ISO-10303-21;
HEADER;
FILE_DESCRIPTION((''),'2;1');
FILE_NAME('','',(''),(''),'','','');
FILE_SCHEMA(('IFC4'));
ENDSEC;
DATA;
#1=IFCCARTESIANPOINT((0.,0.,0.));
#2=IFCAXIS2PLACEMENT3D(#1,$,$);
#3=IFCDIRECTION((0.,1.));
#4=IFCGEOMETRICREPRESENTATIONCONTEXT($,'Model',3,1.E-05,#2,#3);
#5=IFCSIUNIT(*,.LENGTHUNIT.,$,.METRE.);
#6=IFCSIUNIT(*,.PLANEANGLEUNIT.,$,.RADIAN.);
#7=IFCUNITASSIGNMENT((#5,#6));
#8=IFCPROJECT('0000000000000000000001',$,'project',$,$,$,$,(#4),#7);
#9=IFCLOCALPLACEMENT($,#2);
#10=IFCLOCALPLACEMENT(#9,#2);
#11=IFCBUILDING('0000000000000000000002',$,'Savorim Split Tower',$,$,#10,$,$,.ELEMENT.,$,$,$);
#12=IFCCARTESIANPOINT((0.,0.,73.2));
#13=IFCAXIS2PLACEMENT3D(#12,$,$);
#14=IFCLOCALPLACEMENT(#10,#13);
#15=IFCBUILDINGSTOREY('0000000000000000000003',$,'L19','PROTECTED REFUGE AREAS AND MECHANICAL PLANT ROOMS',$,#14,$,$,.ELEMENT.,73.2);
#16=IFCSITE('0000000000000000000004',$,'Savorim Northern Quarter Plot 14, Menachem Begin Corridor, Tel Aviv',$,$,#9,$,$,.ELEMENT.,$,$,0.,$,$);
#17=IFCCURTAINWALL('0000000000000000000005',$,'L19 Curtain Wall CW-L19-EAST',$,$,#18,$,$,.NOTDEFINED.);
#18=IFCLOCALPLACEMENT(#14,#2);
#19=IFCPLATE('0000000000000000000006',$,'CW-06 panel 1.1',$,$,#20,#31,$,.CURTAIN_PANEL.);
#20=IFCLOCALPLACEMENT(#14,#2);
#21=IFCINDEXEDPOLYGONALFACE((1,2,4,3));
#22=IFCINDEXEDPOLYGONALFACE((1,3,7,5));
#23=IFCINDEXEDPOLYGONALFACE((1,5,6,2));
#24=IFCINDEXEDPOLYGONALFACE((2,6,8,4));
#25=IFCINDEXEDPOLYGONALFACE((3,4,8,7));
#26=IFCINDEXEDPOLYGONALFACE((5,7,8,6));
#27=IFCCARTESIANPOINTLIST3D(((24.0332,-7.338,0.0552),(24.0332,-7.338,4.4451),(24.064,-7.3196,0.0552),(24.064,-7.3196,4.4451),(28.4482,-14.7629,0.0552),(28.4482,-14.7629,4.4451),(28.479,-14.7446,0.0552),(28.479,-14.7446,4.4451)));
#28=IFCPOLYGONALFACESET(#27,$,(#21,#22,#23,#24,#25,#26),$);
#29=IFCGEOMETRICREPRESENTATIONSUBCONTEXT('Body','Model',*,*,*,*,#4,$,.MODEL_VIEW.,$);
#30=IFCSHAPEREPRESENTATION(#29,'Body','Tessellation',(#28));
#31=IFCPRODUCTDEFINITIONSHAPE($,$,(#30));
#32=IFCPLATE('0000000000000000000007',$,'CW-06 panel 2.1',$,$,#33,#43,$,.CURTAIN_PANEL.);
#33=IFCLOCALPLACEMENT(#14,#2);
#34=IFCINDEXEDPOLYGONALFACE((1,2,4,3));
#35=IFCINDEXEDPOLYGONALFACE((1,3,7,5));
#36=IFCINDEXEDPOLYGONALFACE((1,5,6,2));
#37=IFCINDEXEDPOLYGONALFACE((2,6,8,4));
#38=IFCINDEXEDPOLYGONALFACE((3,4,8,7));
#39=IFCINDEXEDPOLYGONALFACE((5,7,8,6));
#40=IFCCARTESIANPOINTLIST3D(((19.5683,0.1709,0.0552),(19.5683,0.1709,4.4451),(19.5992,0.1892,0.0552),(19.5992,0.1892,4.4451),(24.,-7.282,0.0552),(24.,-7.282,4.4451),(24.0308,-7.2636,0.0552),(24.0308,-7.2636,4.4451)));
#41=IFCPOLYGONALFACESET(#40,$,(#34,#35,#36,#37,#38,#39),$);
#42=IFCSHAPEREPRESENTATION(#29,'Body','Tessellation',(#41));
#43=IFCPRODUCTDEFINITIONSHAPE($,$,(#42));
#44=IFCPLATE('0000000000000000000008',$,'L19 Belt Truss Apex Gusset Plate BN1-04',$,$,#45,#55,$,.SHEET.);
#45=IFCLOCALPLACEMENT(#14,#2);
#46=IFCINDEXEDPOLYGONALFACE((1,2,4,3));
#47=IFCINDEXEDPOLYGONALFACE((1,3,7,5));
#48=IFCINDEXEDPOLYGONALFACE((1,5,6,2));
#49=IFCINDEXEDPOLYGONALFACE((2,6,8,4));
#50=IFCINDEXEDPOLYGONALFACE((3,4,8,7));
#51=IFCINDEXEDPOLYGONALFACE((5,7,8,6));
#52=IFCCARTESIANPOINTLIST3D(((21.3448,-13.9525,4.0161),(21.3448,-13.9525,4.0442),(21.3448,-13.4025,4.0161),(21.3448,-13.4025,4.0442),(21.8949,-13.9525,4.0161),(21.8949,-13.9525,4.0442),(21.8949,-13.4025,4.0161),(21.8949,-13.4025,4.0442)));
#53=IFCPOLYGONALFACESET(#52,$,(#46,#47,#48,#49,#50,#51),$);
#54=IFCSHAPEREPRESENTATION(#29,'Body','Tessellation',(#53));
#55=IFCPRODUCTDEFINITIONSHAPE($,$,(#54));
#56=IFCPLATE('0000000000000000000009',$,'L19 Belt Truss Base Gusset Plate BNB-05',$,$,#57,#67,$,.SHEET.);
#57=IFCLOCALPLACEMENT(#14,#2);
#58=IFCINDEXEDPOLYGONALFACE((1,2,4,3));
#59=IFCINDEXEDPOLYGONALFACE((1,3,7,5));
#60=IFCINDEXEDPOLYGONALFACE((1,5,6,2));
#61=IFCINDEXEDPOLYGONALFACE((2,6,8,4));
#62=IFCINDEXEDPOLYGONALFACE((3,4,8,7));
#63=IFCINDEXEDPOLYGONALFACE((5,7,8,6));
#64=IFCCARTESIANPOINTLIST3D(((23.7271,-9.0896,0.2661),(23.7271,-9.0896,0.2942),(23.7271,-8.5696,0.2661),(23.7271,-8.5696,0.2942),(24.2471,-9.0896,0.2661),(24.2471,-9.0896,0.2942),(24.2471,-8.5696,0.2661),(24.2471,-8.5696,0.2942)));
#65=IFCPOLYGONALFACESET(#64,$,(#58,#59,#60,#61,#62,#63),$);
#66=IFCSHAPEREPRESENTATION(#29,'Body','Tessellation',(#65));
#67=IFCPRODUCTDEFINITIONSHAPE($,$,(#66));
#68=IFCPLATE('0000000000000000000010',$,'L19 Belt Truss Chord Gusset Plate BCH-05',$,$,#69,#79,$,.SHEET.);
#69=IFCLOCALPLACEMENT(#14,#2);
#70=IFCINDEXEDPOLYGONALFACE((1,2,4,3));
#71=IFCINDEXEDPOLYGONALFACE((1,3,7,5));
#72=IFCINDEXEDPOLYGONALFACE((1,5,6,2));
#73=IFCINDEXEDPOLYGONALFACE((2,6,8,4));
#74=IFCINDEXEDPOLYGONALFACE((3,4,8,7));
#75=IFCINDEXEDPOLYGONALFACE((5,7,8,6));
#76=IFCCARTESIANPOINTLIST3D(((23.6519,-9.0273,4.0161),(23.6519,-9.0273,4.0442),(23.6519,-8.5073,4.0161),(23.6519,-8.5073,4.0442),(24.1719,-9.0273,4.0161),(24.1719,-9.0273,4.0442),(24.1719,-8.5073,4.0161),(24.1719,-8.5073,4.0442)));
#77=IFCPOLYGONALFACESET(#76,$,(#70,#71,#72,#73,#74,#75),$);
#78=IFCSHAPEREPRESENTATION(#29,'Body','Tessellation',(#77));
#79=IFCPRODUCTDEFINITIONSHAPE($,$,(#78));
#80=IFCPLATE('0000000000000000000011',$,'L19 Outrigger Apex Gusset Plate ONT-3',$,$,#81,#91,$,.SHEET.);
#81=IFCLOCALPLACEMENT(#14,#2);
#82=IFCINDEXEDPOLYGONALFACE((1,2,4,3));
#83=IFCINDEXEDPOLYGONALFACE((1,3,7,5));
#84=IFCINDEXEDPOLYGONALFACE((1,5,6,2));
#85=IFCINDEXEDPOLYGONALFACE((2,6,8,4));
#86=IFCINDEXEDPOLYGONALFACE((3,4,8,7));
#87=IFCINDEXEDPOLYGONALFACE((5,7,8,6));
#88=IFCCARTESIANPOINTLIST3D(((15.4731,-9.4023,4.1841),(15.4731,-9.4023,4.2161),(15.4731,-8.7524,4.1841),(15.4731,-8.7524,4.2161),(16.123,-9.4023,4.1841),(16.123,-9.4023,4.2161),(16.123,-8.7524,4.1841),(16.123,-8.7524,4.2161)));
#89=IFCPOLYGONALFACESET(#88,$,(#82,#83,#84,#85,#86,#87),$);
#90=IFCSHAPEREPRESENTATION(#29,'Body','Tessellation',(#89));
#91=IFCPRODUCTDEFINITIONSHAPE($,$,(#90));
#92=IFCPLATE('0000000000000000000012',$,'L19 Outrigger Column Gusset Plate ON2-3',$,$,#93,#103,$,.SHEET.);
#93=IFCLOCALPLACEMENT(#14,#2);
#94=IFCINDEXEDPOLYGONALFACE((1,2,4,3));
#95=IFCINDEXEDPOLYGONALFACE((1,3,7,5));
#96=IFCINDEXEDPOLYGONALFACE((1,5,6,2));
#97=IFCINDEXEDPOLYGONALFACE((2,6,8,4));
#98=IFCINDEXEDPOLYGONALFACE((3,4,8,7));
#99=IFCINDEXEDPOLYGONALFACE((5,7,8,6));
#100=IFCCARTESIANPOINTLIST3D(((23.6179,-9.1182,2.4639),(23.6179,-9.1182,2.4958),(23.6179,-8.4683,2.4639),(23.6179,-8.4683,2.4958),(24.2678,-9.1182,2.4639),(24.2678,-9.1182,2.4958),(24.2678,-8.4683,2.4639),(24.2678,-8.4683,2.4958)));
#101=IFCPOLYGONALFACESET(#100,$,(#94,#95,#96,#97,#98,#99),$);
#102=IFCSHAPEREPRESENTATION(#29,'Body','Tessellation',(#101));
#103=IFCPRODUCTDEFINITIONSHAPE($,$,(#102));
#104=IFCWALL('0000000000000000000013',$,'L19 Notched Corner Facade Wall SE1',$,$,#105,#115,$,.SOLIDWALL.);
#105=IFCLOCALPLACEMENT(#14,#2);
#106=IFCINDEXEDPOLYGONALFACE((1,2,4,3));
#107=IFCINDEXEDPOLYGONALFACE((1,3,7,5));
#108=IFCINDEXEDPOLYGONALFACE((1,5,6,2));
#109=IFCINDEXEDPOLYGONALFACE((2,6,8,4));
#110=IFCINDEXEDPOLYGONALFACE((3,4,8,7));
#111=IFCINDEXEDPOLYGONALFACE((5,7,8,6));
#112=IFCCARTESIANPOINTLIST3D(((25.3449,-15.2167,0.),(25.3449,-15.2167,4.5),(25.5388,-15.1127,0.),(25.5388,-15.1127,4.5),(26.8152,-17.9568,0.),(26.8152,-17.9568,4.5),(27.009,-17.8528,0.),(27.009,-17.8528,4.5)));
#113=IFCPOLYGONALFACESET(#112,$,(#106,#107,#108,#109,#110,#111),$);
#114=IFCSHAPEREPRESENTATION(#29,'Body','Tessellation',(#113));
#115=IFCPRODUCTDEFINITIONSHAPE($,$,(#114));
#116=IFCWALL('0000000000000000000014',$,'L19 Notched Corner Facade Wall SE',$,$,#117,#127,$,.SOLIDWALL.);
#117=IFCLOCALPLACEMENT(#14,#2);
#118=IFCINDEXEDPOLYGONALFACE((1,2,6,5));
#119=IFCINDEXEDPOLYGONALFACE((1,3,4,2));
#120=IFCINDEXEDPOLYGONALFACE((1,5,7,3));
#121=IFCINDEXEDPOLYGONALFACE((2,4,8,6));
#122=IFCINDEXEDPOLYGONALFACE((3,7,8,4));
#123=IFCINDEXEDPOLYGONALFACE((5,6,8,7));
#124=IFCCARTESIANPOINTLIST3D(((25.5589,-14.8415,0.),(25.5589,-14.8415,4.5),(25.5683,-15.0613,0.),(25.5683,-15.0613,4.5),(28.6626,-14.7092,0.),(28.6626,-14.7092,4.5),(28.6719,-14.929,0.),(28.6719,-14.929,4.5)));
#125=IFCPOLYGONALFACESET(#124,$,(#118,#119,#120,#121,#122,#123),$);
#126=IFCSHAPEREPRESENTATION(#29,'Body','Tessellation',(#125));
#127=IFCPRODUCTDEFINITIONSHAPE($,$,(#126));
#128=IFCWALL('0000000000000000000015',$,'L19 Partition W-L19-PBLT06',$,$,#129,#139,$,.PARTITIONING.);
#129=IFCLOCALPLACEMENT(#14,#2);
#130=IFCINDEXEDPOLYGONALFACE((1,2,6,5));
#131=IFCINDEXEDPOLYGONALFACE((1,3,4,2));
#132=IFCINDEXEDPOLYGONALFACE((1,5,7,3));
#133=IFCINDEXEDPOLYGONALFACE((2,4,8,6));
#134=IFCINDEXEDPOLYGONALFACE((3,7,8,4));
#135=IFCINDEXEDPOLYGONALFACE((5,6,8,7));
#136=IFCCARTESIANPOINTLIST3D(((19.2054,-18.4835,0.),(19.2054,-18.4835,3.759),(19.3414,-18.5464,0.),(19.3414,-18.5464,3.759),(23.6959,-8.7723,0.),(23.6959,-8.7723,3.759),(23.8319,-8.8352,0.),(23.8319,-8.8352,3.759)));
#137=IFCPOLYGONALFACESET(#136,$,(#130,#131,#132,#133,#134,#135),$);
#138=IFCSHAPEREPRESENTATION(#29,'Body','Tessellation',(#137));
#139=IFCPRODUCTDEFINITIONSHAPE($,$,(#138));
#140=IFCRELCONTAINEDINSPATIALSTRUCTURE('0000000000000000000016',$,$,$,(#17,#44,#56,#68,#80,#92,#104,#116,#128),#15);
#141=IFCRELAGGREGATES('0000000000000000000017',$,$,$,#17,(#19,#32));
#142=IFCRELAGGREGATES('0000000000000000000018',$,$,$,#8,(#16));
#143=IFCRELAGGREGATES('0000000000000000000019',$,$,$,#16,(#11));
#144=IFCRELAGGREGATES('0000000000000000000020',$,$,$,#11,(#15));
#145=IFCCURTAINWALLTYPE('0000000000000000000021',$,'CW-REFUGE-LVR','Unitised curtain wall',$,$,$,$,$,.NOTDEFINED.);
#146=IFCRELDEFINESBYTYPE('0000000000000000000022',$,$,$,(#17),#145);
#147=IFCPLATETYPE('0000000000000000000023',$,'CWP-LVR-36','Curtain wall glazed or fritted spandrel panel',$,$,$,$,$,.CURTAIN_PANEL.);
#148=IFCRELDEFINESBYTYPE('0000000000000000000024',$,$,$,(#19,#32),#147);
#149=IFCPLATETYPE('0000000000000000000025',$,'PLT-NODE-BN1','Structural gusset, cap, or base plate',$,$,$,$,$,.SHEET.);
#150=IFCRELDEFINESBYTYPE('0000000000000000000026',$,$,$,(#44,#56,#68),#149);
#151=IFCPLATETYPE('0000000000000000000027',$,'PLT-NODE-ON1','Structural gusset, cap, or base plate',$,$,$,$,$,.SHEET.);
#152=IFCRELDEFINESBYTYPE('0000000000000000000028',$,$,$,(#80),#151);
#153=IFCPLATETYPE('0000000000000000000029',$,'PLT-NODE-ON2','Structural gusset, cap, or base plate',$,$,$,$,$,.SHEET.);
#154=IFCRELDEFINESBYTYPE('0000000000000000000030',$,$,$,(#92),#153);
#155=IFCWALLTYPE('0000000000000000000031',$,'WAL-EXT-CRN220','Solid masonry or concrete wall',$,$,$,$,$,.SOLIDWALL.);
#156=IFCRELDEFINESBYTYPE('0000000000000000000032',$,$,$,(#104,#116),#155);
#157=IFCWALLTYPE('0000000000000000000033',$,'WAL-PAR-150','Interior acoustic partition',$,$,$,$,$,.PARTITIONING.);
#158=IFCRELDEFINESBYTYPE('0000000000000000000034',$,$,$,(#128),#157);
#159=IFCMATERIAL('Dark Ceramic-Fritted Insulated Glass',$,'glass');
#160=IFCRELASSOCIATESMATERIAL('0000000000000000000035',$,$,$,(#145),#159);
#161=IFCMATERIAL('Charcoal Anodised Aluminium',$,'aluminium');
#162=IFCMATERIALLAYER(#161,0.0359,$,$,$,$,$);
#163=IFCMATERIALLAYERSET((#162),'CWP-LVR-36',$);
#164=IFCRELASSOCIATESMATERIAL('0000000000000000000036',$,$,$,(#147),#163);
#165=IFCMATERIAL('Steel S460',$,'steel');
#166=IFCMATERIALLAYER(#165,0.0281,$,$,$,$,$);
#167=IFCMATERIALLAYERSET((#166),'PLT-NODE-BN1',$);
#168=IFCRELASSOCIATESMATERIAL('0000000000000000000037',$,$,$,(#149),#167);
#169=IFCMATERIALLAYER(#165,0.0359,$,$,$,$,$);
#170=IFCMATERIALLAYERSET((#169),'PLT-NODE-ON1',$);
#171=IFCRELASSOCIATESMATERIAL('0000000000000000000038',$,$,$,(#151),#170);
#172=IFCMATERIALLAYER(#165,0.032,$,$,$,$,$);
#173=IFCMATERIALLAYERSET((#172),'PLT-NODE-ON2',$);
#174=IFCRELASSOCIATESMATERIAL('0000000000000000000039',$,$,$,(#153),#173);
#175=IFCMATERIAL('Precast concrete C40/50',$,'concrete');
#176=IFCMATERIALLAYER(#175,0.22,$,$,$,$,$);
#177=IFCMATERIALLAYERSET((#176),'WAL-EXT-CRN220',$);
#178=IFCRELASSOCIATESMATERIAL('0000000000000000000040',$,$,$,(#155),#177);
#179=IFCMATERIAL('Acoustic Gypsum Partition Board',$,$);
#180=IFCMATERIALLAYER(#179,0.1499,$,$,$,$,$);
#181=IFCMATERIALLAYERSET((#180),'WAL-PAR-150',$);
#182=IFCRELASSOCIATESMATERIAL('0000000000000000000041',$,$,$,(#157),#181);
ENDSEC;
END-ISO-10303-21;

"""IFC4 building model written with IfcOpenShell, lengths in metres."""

from ifc_helpers import new_model, si_unit, direction, frame, frame_2d, origin, origin_2d, place, context, subcontext, project, spatial, rectangle, extrude, material, layer, layer_set, type_object, element, aggregate, save


model = new_model("IFC4")

# Units and contexts
model_context = context("Model", 3, precision=1e-05, world=origin(), true_north=direction((0.0, 1.0)))
body_context = subcontext(model_context, "Body", "Model", "MODEL_VIEW")
ifc_project = project(units=[si_unit("LENGTHUNIT", "METRE"), si_unit("PLANEANGLEUNIT", "RADIAN")], contexts=[model_context])

# Site, building, storey
site_placement = place(None, origin())
site = spatial("IfcSite", under=ifc_project, at=site_placement, Name="Savorim Northern Quarter Plot 14, Menachem Begin Corridor, Tel Aviv", CompositionType="ELEMENT", RefElevation=0.0)
building_placement = place(site_placement, origin())
building = spatial("IfcBuilding", under=site, at=building_placement, Name="Savorim Split Tower", CompositionType="ELEMENT")
storey_placement = place(building_placement, frame((0.0, 0.0, 73.2)))
storey = spatial("IfcBuildingStorey", under=building, at=storey_placement, Name="L19", Description="PROTECTED REFUGE AREAS AND MECHANICAL PLANT ROOMS", CompositionType="ELEMENT", Elevation=73.2)

# Shared definitions
ifc_material_1 = material(Name="Steel S460", Category="steel")

# Curtain wall
ifc_material_2 = material(Name="Dark Ceramic-Fritted Insulated Glass", Category="glass")
curtain_wall_type = type_object("IfcCurtainWallType", Name="CW-REFUGE-LVR", Description="Unitised curtain wall", PredefinedType="NOTDEFINED", material=ifc_material_2)
curtain_wall_placement = place(storey_placement, origin())
curtain_wall = element("IfcCurtainWall", 1, at=curtain_wall_placement, inside=storey, type_object=curtain_wall_type, Name="L19 Curtain Wall CW-L19-EAST", PredefinedType="NOTDEFINED")
ifc_material_3 = material(Name="Charcoal Anodised Aluminium", Category="aluminium")

# Plates
ifc_layer_1 = layer(ifc_material_3, 0.0359)
ifc_layer_set_1 = layer_set([ifc_layer_1], Name="CWP-LVR-36")
plate_type_1 = type_object("IfcPlateType", Name="CWP-LVR-36", Description="Curtain wall glazed or fritted spandrel panel", PredefinedType="CURTAIN_PANEL", material=ifc_layer_set_1)
plate_1_placement = place(storey_placement, frame((26.2561, -11.0413, 0.0552), z_axis=(0.0, 0.0, 1.0), x_axis=(-0.511093, 0.859525, 0.0)))
plate_1 = element("IfcPlate", 2, at=plate_1_placement, type_object=plate_type_1, Name="CW-06 panel 1.1", PredefinedType="CURTAIN_PANEL", context=body_context, shape_type="SweptSolid", body=[
    extrude(rectangle(XDim=8.6384, YDim=0.0359, at=origin_2d()), origin(), (0.0, 0.0, 1.0), 4.3899),
])
plate_2_placement = place(storey_placement, frame((21.7996, -3.5464, 0.0552), z_axis=(0.0, 0.0, 1.0), x_axis=(-0.511093, 0.859525, 0.0)))
plate_2 = element("IfcPlate", 3, at=plate_2_placement, type_object=plate_type_1, Name="CW-06 panel 2.1", PredefinedType="CURTAIN_PANEL", context=body_context, shape_type="SweptSolid", body=[
    extrude(rectangle(XDim=8.6709, YDim=0.0359, at=origin_2d()), origin(), (0.0, 0.0, 1.0), 4.3899),
])
aggregate(curtain_wall, [plate_1, plate_2])

# Plates
ifc_layer_2 = layer(ifc_material_1, 0.0281)
ifc_layer_set_2 = layer_set([ifc_layer_2], Name="PLT-NODE-BN1")
plate_type_2 = type_object("IfcPlateType", Name="PLT-NODE-BN1", Description="Structural gusset, cap, or base plate", PredefinedType="SHEET", material=ifc_layer_set_2)
plate_3_placement = place(storey_placement, frame((21.6199, -13.6775, 4.0161), z_axis=(0.0, 0.0, 1.0), x_axis=(1.0, 0.0, 0.0)))
element("IfcPlate", 4, at=plate_3_placement, inside=storey, type_object=plate_type_2, Name="L19 Belt Truss Apex Gusset Plate BN1-04", PredefinedType="SHEET", context=body_context, shape_type="SweptSolid", body=[
    extrude(rectangle(XDim=0.55, YDim=0.55, at=origin_2d()), origin(), (0.0, 0.0, 1.0), 0.0281),
])
for number, where, z_axis, x_axis, name in (
    (5, (23.9871, -8.8296, 0.2661), (0.0, 0.0, 1.0), (1.0, 0.0, 0.0), "L19 Belt Truss Base Gusset Plate BNB-05"),
    (6, (23.9119, -8.7673, 4.0161), (0.0, 0.0, 1.0), (1.0, 0.0, 0.0), "L19 Belt Truss Chord Gusset Plate BCH-05"),
):
    element("IfcPlate", number, at=place(storey_placement, frame(where, z_axis=z_axis, x_axis=x_axis)), inside=storey, type_object=plate_type_2, Name=name, PredefinedType="SHEET", context=body_context, shape_type="SweptSolid", body=[
        extrude(rectangle(XDim=0.52, YDim=0.52, at=origin_2d()), origin(), (0.0, 0.0, 1.0), 0.0281),
    ])
ifc_layer_3 = layer(ifc_material_1, 0.0359)
ifc_layer_set_3 = layer_set([ifc_layer_3], Name="PLT-NODE-ON1")
plate_type_3 = type_object("IfcPlateType", Name="PLT-NODE-ON1", Description="Structural gusset, cap, or base plate", PredefinedType="SHEET", material=ifc_layer_set_3)
plate_4_placement = place(storey_placement, frame((15.7981, -9.0774, 4.1841), z_axis=(0.0, 0.0, 1.0), x_axis=(1.0, 0.0, 0.0)))
element("IfcPlate", 7, at=plate_4_placement, inside=storey, type_object=plate_type_3, Name="L19 Outrigger Apex Gusset Plate ONT-3", PredefinedType="SHEET", context=body_context, shape_type="SweptSolid", body=[
    extrude(rectangle(XDim=0.6499, YDim=0.6499, at=origin_2d()), origin(), (0.0, 0.0, 1.0), 0.032),
])
ifc_layer_4 = layer(ifc_material_1, 0.032)
ifc_layer_set_4 = layer_set([ifc_layer_4], Name="PLT-NODE-ON2")
plate_type_4 = type_object("IfcPlateType", Name="PLT-NODE-ON2", Description="Structural gusset, cap, or base plate", PredefinedType="SHEET", material=ifc_layer_set_4)
plate_5_placement = place(storey_placement, frame((23.9429, -8.7932, 2.4639), z_axis=(0.0, 0.0, 1.0), x_axis=(1.0, 0.0, 0.0)))
element("IfcPlate", 8, at=plate_5_placement, inside=storey, type_object=plate_type_4, Name="L19 Outrigger Column Gusset Plate ON2-3", PredefinedType="SHEET", context=body_context, shape_type="SweptSolid", body=[
    extrude(rectangle(XDim=0.6499, YDim=0.6499, at=origin_2d()), origin(), (0.0, 0.0, 1.0), 0.032),
])

# Walls
ifc_material_4 = material(Name="Precast concrete C40/50", Category="concrete")
ifc_layer_5 = layer(ifc_material_4, 0.22)
ifc_layer_set_5 = layer_set([ifc_layer_5], Name="WAL-EXT-CRN220")
wall_type_1 = type_object("IfcWallType", Name="WAL-EXT-CRN220", Description="Solid masonry or concrete wall", PredefinedType="SOLIDWALL", material=ifc_layer_set_5)
wall_1_placement = place(storey_placement, frame((25.4419, -15.1648, 0.0), z_axis=(0.0, 0.0, 1.0), x_axis=(0.472812, -0.881163, 0.0)))
element("IfcWall", 9, at=wall_1_placement, inside=storey, type_object=wall_type_1, Name="L19 Notched Corner Facade Wall SE1", PredefinedType="SOLIDWALL", context=body_context, shape_type="SweptSolid", body=[
    extrude(rectangle(XDim=3.1096, YDim=0.22, at=frame_2d((1.5547, 0.0))), origin(), (0.0, 0.0, 1.0), 4.5),
])
wall_2_placement = place(storey_placement, frame((28.6672, -14.8191, 0.0), z_axis=(0.0, 0.0, 1.0), x_axis=(-0.999092, -0.042598, 0.0)))
element("IfcWall", 10, at=wall_2_placement, inside=storey, type_object=wall_type_1, Name="L19 Notched Corner Facade Wall SE", PredefinedType="SOLIDWALL", context=body_context, shape_type="SweptSolid", body=[
    extrude(rectangle(XDim=3.1064, YDim=0.22, at=frame_2d((1.5532, 0.0))), origin(), (0.0, 0.0, 1.0), 4.5),
])
ifc_material_5 = material(Name="Acoustic Gypsum Partition Board")
ifc_layer_6 = layer(ifc_material_5, 0.1499)
ifc_layer_set_6 = layer_set([ifc_layer_6], Name="WAL-PAR-150")
wall_type_2 = type_object("IfcWallType", Name="WAL-PAR-150", Description="Interior acoustic partition", PredefinedType="PARTITIONING", material=ifc_layer_set_6)
wall_3_placement = place(storey_placement, frame((23.7639, -8.8037, 0.0), z_axis=(0.0, 0.0, 1.0), x_axis=(-0.419705, -0.907661, 0.0)))
element("IfcWall", 11, at=wall_3_placement, inside=storey, type_object=wall_type_2, Name="L19 Partition W-L19-PBLT06", PredefinedType="PARTITIONING", context=body_context, shape_type="SweptSolid", body=[
    extrude(rectangle(XDim=10.6992, YDim=0.1499, at=frame_2d((5.3496, 0.0))), origin(), (0.0, 0.0, 1.0), 3.759),
])

save(model, "model.ifc")
